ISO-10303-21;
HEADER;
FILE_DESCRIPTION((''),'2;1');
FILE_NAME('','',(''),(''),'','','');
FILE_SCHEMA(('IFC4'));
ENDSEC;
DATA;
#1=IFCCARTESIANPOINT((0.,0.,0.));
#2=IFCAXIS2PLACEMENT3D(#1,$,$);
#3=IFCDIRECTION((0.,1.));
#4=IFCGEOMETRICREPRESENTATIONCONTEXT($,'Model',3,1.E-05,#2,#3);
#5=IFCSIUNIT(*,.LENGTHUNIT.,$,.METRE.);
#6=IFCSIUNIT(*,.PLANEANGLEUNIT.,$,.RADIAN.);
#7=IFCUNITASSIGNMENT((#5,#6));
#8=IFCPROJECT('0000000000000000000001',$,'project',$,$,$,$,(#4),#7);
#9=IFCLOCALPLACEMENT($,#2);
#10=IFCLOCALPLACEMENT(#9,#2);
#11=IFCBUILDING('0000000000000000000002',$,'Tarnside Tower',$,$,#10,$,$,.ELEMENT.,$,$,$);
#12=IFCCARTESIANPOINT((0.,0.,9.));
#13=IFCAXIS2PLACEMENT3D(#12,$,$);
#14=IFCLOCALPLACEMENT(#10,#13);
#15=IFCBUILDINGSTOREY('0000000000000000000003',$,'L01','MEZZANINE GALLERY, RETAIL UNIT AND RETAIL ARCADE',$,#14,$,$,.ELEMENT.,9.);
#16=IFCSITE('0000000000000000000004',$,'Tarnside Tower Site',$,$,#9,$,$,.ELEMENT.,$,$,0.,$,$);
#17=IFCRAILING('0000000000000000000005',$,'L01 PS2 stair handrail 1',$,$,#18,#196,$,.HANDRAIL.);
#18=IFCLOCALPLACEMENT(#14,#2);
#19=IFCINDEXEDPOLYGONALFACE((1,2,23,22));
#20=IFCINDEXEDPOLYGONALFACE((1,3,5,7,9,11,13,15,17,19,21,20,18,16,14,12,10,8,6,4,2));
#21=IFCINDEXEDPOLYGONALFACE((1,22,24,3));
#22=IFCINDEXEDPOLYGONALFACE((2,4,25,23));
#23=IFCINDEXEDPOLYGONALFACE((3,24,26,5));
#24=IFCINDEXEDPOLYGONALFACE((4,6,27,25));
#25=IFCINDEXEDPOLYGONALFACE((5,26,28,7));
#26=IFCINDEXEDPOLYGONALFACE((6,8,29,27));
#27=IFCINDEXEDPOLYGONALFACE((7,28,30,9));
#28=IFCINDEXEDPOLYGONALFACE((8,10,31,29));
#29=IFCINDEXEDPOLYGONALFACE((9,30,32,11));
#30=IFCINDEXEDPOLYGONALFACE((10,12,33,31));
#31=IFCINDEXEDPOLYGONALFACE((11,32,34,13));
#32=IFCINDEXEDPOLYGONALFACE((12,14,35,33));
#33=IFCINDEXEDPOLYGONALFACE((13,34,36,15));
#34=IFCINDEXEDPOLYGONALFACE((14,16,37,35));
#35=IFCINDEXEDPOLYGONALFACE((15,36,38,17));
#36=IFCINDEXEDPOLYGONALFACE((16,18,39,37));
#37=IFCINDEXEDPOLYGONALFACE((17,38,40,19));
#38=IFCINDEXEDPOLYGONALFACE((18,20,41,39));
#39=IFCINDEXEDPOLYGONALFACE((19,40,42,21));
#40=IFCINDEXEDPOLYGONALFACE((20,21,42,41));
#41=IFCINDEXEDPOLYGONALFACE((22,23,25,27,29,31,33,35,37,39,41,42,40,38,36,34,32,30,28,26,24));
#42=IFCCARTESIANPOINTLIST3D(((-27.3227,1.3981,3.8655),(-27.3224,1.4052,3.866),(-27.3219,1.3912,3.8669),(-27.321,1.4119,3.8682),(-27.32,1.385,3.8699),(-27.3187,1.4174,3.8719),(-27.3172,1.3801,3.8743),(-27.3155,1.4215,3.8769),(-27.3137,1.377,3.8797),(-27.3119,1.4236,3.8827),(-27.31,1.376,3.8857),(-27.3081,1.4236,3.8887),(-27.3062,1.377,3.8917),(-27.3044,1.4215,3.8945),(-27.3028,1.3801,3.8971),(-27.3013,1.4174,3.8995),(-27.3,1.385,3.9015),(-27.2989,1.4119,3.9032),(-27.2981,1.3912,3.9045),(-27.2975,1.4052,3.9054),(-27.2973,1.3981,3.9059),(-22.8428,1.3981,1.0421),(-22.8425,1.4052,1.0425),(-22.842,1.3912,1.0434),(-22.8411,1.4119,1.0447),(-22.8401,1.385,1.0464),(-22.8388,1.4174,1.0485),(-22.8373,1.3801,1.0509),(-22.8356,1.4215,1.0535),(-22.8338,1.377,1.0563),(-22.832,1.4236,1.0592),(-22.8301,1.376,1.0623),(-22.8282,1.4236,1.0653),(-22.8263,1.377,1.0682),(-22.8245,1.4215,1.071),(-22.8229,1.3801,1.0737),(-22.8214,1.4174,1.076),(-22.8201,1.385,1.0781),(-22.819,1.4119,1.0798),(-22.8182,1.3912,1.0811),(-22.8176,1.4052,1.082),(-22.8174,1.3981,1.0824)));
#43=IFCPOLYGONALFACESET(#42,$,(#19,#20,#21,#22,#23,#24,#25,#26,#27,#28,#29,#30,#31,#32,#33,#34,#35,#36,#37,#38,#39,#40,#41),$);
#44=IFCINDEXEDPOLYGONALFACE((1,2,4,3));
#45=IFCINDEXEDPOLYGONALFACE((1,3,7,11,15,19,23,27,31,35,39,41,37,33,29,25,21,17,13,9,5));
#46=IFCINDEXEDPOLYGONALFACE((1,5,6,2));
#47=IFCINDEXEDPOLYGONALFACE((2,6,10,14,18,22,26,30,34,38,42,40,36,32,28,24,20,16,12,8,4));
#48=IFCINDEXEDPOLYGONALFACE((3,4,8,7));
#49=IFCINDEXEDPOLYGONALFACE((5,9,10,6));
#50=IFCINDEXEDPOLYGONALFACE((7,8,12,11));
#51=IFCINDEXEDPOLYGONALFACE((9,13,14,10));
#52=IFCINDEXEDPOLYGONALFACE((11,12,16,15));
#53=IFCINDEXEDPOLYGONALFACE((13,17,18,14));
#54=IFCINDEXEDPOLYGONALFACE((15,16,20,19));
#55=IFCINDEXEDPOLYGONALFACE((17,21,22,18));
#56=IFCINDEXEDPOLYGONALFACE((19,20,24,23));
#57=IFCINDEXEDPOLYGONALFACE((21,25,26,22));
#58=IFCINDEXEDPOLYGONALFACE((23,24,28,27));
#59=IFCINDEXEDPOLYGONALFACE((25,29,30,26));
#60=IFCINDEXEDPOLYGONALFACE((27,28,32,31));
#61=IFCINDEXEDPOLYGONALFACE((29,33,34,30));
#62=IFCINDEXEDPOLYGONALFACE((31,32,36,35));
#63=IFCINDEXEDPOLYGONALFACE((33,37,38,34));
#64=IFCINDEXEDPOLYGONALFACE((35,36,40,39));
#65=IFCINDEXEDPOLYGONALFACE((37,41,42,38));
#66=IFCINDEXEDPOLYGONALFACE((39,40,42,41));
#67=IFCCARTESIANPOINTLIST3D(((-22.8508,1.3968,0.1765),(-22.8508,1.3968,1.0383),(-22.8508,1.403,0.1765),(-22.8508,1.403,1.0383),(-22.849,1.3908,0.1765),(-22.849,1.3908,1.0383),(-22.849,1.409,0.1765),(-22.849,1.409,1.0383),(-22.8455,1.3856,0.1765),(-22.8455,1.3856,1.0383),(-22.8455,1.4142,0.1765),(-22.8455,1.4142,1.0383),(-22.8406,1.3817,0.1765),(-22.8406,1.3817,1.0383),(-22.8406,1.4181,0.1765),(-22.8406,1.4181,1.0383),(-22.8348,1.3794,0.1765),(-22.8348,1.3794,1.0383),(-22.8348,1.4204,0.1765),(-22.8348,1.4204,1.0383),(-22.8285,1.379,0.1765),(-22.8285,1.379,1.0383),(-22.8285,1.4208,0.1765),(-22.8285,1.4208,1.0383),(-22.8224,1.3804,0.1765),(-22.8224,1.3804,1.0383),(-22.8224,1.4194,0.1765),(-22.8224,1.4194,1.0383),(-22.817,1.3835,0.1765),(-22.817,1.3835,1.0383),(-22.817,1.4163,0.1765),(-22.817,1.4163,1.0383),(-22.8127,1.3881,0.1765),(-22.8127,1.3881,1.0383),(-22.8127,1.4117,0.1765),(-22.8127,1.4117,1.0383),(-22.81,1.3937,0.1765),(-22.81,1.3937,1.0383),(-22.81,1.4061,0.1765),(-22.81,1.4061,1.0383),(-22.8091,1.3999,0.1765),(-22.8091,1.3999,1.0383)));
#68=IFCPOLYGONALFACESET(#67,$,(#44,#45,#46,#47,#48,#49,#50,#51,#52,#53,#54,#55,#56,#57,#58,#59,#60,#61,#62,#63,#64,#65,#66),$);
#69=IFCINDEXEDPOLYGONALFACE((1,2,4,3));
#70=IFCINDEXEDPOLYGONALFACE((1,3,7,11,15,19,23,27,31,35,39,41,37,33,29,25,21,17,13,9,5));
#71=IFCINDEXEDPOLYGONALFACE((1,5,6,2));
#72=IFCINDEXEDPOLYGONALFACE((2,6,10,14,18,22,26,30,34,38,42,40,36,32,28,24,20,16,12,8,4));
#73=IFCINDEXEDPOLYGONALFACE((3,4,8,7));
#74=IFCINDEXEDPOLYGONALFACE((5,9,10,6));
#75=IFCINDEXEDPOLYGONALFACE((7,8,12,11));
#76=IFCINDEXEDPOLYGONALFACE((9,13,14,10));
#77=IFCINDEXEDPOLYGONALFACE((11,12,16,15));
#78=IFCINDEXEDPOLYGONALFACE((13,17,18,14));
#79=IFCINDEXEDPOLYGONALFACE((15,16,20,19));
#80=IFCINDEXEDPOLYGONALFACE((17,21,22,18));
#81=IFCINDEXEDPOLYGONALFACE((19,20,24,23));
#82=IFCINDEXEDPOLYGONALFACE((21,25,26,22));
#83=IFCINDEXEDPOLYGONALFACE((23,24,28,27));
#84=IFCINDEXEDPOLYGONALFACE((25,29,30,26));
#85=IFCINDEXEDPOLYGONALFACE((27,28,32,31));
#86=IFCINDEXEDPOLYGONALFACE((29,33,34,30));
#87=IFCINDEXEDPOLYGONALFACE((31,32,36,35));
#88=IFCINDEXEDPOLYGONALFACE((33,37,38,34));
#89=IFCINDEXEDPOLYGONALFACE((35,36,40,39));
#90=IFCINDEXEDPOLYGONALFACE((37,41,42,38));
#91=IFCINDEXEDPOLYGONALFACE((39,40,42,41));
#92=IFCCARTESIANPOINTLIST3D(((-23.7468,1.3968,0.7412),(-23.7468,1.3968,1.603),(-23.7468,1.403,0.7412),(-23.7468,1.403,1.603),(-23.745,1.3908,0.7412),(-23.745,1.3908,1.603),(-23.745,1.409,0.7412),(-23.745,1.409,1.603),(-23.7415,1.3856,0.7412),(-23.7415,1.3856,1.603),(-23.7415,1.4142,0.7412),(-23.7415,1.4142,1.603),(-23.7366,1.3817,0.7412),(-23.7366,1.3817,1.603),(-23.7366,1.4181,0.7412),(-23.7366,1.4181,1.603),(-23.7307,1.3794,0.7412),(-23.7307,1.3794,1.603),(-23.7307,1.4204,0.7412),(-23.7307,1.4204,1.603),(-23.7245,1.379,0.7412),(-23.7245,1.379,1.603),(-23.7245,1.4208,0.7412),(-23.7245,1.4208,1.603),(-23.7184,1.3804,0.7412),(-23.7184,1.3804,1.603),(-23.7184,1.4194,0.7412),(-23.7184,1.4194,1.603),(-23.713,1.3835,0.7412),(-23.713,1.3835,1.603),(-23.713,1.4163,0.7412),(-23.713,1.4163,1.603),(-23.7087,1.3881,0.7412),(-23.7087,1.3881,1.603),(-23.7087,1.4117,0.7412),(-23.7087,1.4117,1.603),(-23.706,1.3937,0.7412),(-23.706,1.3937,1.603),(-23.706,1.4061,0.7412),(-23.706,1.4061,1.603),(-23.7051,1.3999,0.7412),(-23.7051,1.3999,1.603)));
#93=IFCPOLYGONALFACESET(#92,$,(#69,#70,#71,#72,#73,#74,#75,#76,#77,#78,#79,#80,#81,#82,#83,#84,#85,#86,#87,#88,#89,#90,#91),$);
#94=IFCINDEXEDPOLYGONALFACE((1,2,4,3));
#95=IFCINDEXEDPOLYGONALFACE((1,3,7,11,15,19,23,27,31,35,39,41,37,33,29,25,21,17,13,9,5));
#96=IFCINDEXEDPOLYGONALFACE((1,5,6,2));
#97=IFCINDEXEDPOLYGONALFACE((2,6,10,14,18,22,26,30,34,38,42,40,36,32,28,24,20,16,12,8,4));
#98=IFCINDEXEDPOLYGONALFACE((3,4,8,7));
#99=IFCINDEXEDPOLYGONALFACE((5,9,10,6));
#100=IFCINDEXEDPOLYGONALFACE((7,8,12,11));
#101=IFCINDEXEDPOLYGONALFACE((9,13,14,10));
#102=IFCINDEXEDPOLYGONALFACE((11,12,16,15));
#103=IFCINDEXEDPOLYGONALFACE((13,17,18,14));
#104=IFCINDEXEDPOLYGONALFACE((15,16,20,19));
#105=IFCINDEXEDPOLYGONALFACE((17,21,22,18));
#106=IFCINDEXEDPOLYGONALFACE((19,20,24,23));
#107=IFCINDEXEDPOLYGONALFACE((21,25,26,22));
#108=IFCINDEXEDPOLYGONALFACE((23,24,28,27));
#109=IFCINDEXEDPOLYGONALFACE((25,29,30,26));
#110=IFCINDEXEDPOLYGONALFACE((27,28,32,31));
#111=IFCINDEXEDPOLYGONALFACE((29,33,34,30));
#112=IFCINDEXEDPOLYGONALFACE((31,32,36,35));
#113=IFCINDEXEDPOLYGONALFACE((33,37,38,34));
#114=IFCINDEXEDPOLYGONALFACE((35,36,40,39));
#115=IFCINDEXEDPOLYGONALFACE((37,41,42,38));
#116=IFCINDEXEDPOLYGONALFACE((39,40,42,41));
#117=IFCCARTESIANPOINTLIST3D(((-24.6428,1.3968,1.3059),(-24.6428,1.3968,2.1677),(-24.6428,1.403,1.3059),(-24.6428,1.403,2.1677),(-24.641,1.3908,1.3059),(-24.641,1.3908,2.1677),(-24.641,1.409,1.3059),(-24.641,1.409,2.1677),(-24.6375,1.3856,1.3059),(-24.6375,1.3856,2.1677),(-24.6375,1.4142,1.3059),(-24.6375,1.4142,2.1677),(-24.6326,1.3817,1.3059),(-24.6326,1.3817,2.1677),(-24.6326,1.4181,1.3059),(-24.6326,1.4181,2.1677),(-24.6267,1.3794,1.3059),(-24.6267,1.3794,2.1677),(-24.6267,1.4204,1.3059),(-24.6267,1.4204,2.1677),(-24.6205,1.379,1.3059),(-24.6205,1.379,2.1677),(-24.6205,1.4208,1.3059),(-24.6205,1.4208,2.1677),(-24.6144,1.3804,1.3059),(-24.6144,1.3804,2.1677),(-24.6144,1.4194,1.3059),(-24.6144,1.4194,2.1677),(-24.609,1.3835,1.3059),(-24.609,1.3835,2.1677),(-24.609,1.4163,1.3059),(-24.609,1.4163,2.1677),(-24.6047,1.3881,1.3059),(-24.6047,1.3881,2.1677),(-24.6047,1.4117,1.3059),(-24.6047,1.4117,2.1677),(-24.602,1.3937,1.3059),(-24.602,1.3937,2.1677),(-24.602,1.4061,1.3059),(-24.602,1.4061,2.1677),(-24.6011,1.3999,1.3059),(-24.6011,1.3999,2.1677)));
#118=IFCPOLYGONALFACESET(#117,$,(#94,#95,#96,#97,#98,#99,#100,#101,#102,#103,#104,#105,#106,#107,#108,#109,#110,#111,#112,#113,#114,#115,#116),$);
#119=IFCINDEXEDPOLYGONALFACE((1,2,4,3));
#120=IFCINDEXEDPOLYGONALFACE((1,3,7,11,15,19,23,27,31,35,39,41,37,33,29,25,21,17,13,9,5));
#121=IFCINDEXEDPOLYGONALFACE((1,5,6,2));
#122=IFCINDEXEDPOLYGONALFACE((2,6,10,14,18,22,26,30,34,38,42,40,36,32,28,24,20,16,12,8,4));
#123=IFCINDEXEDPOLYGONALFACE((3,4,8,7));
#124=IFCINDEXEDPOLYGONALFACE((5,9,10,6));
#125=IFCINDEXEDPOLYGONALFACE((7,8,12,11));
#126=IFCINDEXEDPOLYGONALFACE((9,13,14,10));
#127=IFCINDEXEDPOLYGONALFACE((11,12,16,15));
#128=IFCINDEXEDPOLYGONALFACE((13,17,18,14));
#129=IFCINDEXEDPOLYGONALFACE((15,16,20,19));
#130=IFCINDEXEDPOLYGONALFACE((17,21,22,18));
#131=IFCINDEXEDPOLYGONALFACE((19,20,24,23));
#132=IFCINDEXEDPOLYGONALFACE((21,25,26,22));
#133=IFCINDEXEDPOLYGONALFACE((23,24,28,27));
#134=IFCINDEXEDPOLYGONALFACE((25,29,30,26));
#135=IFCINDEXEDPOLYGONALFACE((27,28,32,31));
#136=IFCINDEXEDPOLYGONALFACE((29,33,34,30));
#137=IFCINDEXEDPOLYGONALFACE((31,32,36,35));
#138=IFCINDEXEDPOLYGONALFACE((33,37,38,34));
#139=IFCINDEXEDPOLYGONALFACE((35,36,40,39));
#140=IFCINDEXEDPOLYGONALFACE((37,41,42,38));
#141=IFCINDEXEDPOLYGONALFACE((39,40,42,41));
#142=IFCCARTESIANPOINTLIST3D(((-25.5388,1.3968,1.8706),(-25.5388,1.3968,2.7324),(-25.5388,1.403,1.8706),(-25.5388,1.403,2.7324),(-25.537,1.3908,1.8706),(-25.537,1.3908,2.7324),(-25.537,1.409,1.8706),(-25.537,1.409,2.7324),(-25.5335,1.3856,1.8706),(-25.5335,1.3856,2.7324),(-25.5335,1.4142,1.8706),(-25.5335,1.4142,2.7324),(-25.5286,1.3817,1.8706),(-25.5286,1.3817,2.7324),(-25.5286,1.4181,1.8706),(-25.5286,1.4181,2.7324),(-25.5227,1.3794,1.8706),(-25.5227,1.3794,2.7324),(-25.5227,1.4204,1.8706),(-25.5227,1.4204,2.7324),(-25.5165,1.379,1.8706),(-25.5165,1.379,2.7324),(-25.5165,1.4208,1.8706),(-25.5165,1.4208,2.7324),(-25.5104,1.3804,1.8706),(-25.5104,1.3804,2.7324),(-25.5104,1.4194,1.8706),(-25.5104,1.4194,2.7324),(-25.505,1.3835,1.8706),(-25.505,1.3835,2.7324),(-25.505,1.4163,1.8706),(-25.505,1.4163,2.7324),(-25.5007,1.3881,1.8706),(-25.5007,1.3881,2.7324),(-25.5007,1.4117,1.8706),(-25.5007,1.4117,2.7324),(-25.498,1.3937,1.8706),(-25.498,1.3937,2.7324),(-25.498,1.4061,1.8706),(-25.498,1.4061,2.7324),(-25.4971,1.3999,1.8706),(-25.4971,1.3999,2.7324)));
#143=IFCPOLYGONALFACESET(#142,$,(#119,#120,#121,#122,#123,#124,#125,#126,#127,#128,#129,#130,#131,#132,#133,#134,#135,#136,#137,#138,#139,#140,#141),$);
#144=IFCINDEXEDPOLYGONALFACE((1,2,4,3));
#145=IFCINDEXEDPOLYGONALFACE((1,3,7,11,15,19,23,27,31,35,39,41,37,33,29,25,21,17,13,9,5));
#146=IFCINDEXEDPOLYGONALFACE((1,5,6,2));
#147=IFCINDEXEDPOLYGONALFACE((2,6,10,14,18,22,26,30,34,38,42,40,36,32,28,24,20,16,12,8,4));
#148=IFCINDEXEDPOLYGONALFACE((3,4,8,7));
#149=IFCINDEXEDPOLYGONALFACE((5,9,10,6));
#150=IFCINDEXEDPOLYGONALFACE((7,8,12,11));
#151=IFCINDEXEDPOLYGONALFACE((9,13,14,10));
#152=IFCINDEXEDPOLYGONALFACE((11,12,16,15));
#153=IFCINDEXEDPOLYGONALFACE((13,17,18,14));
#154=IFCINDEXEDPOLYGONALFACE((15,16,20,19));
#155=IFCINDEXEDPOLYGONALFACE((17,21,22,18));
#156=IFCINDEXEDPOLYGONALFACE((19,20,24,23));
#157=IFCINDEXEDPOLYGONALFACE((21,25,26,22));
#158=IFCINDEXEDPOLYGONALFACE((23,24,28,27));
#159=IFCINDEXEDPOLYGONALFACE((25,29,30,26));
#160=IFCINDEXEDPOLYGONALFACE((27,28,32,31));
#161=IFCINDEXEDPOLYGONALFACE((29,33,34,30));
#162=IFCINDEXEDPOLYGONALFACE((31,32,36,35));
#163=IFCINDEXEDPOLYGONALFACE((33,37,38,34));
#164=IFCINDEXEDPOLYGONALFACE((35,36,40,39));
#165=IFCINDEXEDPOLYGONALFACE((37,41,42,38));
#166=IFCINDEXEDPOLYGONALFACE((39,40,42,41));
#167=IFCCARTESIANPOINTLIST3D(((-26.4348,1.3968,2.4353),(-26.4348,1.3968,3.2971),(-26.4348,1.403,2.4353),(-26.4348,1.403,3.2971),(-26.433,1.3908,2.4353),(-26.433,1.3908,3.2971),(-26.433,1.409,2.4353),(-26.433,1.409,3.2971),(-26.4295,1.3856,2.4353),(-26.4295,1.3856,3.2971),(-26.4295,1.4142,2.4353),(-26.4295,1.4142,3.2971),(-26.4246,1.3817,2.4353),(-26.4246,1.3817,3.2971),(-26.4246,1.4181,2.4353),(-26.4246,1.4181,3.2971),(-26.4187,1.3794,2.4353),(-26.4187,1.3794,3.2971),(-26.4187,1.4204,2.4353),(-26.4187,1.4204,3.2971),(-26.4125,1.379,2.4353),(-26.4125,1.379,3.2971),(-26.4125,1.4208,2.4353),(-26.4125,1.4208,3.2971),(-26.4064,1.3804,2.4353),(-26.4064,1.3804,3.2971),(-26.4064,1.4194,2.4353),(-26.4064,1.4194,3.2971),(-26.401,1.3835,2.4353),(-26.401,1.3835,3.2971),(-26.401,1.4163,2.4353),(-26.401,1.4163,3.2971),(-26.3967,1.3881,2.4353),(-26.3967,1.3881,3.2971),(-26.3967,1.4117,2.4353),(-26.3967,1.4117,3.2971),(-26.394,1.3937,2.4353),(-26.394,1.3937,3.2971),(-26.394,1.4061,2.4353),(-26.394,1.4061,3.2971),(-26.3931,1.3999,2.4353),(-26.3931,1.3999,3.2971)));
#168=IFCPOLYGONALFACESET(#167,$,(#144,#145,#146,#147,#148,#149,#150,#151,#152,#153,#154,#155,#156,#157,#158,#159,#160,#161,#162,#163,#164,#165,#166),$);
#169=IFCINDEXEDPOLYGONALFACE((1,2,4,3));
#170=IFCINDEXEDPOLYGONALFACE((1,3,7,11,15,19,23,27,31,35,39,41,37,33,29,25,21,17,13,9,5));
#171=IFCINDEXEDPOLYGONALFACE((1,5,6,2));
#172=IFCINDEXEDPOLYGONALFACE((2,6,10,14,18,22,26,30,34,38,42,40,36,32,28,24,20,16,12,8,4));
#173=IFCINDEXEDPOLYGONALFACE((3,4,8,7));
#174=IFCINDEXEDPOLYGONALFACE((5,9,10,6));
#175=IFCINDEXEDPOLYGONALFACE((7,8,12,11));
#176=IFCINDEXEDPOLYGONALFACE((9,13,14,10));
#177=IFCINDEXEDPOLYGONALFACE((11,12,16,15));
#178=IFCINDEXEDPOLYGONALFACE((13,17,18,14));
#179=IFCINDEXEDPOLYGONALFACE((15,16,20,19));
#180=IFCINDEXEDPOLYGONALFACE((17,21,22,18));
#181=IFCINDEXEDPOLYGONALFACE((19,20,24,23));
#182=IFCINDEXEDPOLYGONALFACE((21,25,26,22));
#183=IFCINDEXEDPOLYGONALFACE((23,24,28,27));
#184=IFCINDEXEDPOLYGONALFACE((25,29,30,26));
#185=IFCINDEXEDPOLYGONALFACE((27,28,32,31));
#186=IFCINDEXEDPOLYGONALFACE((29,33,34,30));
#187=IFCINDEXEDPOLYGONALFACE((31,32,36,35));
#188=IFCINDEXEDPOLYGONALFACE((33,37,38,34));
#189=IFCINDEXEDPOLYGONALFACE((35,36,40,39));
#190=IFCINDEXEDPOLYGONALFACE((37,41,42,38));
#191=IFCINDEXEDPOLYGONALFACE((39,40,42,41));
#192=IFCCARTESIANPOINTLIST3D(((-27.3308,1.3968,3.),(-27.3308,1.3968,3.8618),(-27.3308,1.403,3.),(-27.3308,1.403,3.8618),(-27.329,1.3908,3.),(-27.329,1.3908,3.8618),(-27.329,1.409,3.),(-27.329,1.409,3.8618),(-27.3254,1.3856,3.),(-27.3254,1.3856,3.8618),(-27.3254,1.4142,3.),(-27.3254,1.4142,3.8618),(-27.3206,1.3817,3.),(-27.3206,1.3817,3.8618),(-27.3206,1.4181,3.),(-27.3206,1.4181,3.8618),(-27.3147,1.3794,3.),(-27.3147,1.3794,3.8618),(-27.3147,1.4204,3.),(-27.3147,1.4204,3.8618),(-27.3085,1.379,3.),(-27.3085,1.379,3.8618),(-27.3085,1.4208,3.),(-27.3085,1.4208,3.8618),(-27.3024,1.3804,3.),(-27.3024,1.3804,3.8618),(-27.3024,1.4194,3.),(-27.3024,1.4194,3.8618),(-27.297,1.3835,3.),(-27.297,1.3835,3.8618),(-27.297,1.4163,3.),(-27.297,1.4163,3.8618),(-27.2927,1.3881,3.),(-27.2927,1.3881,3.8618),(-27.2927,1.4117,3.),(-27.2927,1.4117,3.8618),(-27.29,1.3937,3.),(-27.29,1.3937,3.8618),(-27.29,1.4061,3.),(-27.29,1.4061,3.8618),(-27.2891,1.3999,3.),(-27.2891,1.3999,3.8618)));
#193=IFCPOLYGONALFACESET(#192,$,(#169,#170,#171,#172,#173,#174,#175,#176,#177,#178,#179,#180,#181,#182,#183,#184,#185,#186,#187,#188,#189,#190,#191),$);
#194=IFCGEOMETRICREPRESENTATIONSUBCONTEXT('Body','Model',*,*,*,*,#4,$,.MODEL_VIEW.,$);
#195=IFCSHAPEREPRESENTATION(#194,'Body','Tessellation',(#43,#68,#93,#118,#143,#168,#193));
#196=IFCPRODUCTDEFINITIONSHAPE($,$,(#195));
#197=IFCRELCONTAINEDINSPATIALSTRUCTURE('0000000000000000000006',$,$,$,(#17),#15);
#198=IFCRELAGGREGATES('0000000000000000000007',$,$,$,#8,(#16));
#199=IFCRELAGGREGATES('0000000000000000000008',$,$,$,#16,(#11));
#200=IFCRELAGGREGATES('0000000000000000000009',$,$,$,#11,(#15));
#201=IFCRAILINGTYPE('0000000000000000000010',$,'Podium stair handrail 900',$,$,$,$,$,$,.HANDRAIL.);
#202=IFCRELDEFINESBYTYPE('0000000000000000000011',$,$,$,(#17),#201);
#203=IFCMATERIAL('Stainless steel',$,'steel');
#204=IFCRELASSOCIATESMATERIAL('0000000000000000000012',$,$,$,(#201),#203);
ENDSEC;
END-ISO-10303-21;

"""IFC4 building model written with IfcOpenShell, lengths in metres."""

from ifc_helpers import new_model, si_unit, direction, frame, origin, origin_2d, place, context, subcontext, project, spatial, circle, extrude, material, type_object, element, save


model = new_model("IFC4")

# Units and contexts
model_context = context("Model", 3, precision=1e-05, world=origin(), true_north=direction((0.0, 1.0)))
body_context = subcontext(model_context, "Body", "Model", "MODEL_VIEW")
ifc_project = project(units=[si_unit("LENGTHUNIT", "METRE"), si_unit("PLANEANGLEUNIT", "RADIAN")], contexts=[model_context])

# Site, building, storey
site_placement = place(None, origin())
site = spatial("IfcSite", under=ifc_project, at=site_placement, Name="Tarnside Tower Site", CompositionType="ELEMENT", RefElevation=0.0)
building_placement = place(site_placement, origin())
building = spatial("IfcBuilding", under=site, at=building_placement, Name="Tarnside Tower", CompositionType="ELEMENT")
storey_placement = place(building_placement, frame((0.0, 0.0, 9.0)))
storey = spatial("IfcBuildingStorey", under=building, at=storey_placement, Name="L01", Description="MEZZANINE GALLERY, RETAIL UNIT AND RETAIL ARCADE", CompositionType="ELEMENT", Elevation=9.0)

# Railing
ifc_material_1 = material(Name="Stainless steel", Category="steel")
railing_type_1 = type_object("IfcRailingType", Name="Podium stair handrail 900", PredefinedType="HANDRAIL", material=ifc_material_1)
railing_1_placement = place(storey_placement, frame((-22.8301, 1.3999, 0.1765)))
element("IfcRailing", 1, at=railing_1_placement, inside=storey, type_object=railing_type_1, Name="L01 PS2 stair handrail 1", PredefinedType="HANDRAIL", context=body_context, shape_type="SweptSolid", body=[
    extrude(circle(Radius=0.0239, at=origin_2d()), frame((0.0, 0.0, 0.8857), z_axis=(-0.845998, 0.0, 0.533186), x_axis=(0.0, -1.0, 0.0)), (0.0, 0.0, 1.0), 5.2954),
    extrude(circle(Radius=0.021, at=origin_2d()), origin(), (0.0, 0.0, 1.0), 0.8618),
    extrude(circle(Radius=0.021, at=origin_2d()), frame((-0.896, 0.0, 0.5647)), (0.0, 0.0, 1.0), 0.8618),
    extrude(circle(Radius=0.021, at=origin_2d()), frame((-1.792, 0.0, 1.1294)), (0.0, 0.0, 1.0), 0.8618),
    extrude(circle(Radius=0.021, at=origin_2d()), frame((-2.688, 0.0, 1.6941)), (0.0, 0.0, 1.0), 0.8618),
    extrude(circle(Radius=0.021, at=origin_2d()), frame((-3.584, 0.0, 2.2588)), (0.0, 0.0, 1.0), 0.8618),
    extrude(circle(Radius=0.021, at=origin_2d()), frame((-4.48, 0.0, 2.8235)), (0.0, 0.0, 1.0), 0.8618),
])

save(model, "model.ifc")
